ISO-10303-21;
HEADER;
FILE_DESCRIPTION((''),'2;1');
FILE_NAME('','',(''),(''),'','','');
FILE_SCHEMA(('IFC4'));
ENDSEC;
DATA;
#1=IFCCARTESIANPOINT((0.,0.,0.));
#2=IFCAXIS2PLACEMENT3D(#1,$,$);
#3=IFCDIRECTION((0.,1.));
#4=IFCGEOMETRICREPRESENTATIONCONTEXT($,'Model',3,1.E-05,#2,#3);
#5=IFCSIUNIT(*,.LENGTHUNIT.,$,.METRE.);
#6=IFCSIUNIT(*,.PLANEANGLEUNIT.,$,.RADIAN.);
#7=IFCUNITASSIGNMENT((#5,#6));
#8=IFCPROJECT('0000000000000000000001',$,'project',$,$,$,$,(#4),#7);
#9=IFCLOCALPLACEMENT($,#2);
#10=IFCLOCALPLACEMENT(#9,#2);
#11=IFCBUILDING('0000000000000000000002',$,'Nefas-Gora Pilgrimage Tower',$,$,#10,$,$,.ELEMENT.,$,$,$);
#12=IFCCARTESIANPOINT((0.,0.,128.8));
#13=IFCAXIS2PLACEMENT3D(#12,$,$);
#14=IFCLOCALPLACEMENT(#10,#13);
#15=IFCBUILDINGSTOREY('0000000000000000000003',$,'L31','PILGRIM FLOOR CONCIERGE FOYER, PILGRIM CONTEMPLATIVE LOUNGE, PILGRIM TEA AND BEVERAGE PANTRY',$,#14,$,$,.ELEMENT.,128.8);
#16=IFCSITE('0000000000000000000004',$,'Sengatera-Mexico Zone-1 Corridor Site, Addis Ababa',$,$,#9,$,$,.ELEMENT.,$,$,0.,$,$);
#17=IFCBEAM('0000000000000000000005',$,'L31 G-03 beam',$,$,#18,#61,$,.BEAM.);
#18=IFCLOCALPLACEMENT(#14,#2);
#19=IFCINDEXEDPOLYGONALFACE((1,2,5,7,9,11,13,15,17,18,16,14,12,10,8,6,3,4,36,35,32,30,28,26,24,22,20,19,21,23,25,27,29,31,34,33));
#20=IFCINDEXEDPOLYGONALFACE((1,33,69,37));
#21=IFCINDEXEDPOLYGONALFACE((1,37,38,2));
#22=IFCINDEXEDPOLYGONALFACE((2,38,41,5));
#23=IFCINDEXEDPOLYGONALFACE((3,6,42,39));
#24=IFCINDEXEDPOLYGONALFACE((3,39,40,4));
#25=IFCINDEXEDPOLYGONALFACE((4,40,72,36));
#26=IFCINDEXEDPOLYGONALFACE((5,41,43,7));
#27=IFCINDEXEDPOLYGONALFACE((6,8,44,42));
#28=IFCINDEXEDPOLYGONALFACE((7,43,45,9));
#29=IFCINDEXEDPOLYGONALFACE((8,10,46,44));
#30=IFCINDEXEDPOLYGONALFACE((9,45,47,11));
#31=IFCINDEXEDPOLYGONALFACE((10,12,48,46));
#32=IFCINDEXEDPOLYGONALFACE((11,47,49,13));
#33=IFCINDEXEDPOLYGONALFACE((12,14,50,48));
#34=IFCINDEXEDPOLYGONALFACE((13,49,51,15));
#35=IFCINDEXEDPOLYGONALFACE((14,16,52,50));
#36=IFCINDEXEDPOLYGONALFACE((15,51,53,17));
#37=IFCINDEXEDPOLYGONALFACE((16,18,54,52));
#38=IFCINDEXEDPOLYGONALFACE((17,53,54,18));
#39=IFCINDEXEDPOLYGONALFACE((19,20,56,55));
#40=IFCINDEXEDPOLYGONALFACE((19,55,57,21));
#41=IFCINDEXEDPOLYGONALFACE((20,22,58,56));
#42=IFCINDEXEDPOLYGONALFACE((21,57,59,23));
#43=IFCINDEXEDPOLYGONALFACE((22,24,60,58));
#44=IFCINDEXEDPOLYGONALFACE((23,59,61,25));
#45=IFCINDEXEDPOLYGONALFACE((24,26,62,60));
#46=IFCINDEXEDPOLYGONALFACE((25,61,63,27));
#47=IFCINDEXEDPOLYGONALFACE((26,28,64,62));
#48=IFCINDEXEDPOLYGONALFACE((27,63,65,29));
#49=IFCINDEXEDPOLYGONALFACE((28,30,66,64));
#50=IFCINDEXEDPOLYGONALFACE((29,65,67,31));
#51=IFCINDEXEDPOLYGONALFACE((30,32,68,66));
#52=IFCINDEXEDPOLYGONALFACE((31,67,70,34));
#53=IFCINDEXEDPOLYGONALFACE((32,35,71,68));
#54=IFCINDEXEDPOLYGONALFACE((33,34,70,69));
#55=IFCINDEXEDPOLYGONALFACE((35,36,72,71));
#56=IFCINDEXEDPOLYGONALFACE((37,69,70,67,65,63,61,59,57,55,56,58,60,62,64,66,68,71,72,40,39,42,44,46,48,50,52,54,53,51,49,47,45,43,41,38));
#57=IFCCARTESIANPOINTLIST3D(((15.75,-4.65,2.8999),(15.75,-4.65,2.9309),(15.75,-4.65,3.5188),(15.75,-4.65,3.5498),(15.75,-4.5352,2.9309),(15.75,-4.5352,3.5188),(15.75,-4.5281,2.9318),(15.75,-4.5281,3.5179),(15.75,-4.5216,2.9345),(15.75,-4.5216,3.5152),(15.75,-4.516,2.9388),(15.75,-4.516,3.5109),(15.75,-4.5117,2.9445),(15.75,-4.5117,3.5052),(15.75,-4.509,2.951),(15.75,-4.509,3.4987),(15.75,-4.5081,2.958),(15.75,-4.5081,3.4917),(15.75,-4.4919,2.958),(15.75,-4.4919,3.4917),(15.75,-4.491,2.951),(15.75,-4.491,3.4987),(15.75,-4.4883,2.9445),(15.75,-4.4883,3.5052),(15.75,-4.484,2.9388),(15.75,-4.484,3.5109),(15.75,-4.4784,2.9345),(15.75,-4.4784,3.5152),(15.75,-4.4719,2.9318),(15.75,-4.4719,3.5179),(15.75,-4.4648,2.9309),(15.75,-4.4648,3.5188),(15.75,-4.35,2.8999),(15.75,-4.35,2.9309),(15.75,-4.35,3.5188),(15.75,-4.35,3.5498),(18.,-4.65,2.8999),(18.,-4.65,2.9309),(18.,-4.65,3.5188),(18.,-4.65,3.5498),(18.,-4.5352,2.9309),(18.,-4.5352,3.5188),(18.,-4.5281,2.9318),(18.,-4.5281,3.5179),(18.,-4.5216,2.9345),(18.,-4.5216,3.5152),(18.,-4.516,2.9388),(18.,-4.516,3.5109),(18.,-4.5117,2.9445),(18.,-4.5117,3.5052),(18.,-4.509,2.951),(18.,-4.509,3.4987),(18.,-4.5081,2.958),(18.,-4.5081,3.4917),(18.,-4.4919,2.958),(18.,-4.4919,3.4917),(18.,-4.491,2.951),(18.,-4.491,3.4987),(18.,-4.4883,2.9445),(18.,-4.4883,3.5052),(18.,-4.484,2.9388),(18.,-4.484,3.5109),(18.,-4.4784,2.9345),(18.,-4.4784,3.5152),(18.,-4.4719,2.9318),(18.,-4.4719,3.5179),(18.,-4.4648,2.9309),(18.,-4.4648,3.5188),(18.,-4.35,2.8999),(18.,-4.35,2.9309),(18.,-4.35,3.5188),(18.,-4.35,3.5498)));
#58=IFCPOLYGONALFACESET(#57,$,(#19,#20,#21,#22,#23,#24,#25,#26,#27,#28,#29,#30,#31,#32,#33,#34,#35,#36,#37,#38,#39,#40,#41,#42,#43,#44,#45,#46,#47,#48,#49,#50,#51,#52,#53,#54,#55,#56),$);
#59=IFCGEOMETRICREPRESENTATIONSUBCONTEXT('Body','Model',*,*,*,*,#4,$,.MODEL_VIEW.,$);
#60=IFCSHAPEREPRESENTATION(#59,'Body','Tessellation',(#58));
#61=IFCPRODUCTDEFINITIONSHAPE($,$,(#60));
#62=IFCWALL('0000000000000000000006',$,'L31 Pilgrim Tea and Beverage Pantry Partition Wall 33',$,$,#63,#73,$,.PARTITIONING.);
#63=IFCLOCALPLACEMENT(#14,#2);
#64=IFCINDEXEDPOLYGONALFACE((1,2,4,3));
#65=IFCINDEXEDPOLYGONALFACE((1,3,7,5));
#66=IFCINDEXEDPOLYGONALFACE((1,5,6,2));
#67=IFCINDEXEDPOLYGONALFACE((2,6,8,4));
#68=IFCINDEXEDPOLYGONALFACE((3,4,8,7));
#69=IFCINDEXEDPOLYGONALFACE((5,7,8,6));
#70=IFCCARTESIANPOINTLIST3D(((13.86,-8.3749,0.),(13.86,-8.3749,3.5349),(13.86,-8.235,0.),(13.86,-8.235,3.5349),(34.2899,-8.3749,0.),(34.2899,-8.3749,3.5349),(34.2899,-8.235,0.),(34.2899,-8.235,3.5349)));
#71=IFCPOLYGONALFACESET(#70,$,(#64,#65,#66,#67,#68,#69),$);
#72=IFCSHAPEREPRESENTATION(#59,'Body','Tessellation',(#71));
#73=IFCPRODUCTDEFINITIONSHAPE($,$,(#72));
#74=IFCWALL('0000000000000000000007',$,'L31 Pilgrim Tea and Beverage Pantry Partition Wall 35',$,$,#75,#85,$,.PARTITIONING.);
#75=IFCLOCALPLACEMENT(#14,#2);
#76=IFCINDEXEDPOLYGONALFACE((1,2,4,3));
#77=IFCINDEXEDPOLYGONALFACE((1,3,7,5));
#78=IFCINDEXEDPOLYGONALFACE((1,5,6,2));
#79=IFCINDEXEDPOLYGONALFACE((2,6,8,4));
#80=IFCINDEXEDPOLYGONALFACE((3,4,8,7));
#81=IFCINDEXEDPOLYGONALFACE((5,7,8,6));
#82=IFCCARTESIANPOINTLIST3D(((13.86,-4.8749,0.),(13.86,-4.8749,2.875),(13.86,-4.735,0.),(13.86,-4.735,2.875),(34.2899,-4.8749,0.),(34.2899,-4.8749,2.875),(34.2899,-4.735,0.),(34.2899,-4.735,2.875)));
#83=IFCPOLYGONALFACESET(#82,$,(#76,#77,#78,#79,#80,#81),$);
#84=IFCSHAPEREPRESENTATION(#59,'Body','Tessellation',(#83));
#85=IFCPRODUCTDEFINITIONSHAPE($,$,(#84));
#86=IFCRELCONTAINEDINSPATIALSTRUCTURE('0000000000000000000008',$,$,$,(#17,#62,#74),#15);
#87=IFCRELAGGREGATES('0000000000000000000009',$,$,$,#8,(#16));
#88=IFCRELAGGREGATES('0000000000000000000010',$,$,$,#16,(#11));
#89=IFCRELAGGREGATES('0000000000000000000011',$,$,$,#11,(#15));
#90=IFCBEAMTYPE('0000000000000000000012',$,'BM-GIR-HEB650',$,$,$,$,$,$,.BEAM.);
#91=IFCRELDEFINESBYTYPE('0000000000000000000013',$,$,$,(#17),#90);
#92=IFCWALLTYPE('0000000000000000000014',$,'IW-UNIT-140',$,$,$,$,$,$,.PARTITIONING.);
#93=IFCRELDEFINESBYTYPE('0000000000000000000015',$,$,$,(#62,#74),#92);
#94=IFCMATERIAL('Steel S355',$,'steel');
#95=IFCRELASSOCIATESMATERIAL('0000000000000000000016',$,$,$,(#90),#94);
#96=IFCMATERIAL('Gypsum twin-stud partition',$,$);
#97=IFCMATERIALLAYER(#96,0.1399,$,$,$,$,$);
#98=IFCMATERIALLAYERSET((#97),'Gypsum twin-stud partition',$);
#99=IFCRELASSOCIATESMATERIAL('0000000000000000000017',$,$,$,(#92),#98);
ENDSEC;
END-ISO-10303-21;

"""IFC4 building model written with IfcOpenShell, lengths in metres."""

from ifc_helpers import new_model, si_unit, direction, frame, frame_2d, origin, origin_2d, place, context, subcontext, project, spatial, rectangle, i_section, extrude, source, transform, mapped, material, layer, layer_set, material_profile, profile_set, type_object, element, save


model = new_model("IFC4")

# Units and contexts
model_context = context("Model", 3, precision=1e-05, world=origin(), true_north=direction((0.0, 1.0)))
body_context = subcontext(model_context, "Body", "Model", "MODEL_VIEW")
ifc_project = project(units=[si_unit("LENGTHUNIT", "METRE"), si_unit("PLANEANGLEUNIT", "RADIAN")], contexts=[model_context])

# Site, building, storey
site_placement = place(None, origin())
site = spatial("IfcSite", under=ifc_project, at=site_placement, Name="Sengatera-Mexico Zone-1 Corridor Site, Addis Ababa", CompositionType="ELEMENT", RefElevation=0.0)
building_placement = place(site_placement, origin())
building = spatial("IfcBuilding", under=site, at=building_placement, Name="Nefas-Gora Pilgrimage Tower", CompositionType="ELEMENT")
storey_placement = place(building_placement, frame((0.0, 0.0, 128.8)))
storey = spatial("IfcBuildingStorey", under=building, at=storey_placement, Name="L31", Description="PILGRIM FLOOR CONCIERGE FOYER, PILGRIM CONTEMPLATIVE LOUNGE, PILGRIM TEA AND BEVERAGE PANTRY", CompositionType="ELEMENT", Elevation=128.8)

# Beam
ifc_material_1 = material(Name="Steel S355", Category="steel")
ifc_material_profile_1 = material_profile(ifc_material_1, i_section(OverallWidth=0.3, OverallDepth=0.6499, WebThickness=0.0161, FlangeThickness=0.031, FilletRadius=0.0271, at=origin_2d()), Name="HEB 650")
ifc_profile_set_1 = profile_set([ifc_material_profile_1], Name="Steel S355")
beam_type_1 = type_object("IfcBeamType", Name="BM-GIR-HEB650", PredefinedType="BEAM", material=ifc_profile_set_1)
shared_shape_1 = source(origin(), body_context, "Body", "SweptSolid", [
    extrude(i_section(OverallWidth=0.3, OverallDepth=0.6499, WebThickness=0.0161, FlangeThickness=0.031, FilletRadius=0.0271, at=origin_2d()), origin(), (0.0, 0.0, 1.0), 2.25),
])
for number, where, z_axis, x_axis, name in (
    (1, (15.75, -4.5, 3.2249), (1.0, 0.0, 0.0), (0.0, 1.0, 0.0), "L31 G-03 beam"),
):
    element("IfcBeam", number, at=place(storey_placement, frame(where, z_axis=z_axis, x_axis=x_axis)), inside=storey, type_object=beam_type_1, Name=name, PredefinedType="BEAM", context=body_context, shape_type="MappedRepresentation", body=[
        mapped(shared_shape_1, transform((0.0, 0.0, 0.0), x_axis=(1.0, 0.0, 0.0), y_axis=(0.0, 1.0, 0.0), z_axis=(0.0, 0.0, 1.0), scale=1.0)),
    ])

# Walls
ifc_material_2 = material(Name="Gypsum twin-stud partition")
ifc_layer = layer(ifc_material_2, 0.1399)
ifc_layer_set = layer_set([ifc_layer], Name="Gypsum twin-stud partition")
wall_type = type_object("IfcWallType", Name="IW-UNIT-140", PredefinedType="PARTITIONING", material=ifc_layer_set)
shared_shape_2 = source(origin(), body_context, "Body", "SweptSolid", [
    extrude(rectangle(XDim=20.4299, YDim=0.1399, at=frame_2d((10.2148, 0.0))), origin(), (0.0, 0.0, 1.0), 3.5349),
])
wall_1_placement = place(storey_placement, frame((13.8601, -8.3049, 0.0), z_axis=(0.0, 0.0, 1.0), x_axis=(1.0, 0.0, 0.0)))
element("IfcWall", 2, at=wall_1_placement, inside=storey, type_object=wall_type, Name="L31 Pilgrim Tea and Beverage Pantry Partition Wall 33", PredefinedType="PARTITIONING", context=body_context, shape_type="MappedRepresentation", body=[
    mapped(shared_shape_2, transform((0.0, 0.0, 0.0), x_axis=(1.0, 0.0, 0.0), y_axis=(0.0, 1.0, 0.0), z_axis=(0.0, 0.0, 1.0), scale=1.0)),
])
shared_shape_3 = source(origin(), body_context, "Body", "SweptSolid", [
    extrude(rectangle(XDim=20.4299, YDim=0.1399, at=frame_2d((10.2148, 0.0))), origin(), (0.0, 0.0, 1.0), 2.875),
])
wall_2_placement = place(storey_placement, frame((13.8601, -4.8049, 0.0), z_axis=(0.0, 0.0, 1.0), x_axis=(1.0, 0.0, 0.0)))
element("IfcWall", 3, at=wall_2_placement, inside=storey, type_object=wall_type, Name="L31 Pilgrim Tea and Beverage Pantry Partition Wall 35", PredefinedType="PARTITIONING", context=body_context, shape_type="MappedRepresentation", body=[
    mapped(shared_shape_3, transform((0.0, 0.0, 0.0), x_axis=(1.0, 0.0, 0.0), y_axis=(0.0, 1.0, 0.0), z_axis=(0.0, 0.0, 1.0), scale=1.0)),
])

save(model, "model.ifc")
